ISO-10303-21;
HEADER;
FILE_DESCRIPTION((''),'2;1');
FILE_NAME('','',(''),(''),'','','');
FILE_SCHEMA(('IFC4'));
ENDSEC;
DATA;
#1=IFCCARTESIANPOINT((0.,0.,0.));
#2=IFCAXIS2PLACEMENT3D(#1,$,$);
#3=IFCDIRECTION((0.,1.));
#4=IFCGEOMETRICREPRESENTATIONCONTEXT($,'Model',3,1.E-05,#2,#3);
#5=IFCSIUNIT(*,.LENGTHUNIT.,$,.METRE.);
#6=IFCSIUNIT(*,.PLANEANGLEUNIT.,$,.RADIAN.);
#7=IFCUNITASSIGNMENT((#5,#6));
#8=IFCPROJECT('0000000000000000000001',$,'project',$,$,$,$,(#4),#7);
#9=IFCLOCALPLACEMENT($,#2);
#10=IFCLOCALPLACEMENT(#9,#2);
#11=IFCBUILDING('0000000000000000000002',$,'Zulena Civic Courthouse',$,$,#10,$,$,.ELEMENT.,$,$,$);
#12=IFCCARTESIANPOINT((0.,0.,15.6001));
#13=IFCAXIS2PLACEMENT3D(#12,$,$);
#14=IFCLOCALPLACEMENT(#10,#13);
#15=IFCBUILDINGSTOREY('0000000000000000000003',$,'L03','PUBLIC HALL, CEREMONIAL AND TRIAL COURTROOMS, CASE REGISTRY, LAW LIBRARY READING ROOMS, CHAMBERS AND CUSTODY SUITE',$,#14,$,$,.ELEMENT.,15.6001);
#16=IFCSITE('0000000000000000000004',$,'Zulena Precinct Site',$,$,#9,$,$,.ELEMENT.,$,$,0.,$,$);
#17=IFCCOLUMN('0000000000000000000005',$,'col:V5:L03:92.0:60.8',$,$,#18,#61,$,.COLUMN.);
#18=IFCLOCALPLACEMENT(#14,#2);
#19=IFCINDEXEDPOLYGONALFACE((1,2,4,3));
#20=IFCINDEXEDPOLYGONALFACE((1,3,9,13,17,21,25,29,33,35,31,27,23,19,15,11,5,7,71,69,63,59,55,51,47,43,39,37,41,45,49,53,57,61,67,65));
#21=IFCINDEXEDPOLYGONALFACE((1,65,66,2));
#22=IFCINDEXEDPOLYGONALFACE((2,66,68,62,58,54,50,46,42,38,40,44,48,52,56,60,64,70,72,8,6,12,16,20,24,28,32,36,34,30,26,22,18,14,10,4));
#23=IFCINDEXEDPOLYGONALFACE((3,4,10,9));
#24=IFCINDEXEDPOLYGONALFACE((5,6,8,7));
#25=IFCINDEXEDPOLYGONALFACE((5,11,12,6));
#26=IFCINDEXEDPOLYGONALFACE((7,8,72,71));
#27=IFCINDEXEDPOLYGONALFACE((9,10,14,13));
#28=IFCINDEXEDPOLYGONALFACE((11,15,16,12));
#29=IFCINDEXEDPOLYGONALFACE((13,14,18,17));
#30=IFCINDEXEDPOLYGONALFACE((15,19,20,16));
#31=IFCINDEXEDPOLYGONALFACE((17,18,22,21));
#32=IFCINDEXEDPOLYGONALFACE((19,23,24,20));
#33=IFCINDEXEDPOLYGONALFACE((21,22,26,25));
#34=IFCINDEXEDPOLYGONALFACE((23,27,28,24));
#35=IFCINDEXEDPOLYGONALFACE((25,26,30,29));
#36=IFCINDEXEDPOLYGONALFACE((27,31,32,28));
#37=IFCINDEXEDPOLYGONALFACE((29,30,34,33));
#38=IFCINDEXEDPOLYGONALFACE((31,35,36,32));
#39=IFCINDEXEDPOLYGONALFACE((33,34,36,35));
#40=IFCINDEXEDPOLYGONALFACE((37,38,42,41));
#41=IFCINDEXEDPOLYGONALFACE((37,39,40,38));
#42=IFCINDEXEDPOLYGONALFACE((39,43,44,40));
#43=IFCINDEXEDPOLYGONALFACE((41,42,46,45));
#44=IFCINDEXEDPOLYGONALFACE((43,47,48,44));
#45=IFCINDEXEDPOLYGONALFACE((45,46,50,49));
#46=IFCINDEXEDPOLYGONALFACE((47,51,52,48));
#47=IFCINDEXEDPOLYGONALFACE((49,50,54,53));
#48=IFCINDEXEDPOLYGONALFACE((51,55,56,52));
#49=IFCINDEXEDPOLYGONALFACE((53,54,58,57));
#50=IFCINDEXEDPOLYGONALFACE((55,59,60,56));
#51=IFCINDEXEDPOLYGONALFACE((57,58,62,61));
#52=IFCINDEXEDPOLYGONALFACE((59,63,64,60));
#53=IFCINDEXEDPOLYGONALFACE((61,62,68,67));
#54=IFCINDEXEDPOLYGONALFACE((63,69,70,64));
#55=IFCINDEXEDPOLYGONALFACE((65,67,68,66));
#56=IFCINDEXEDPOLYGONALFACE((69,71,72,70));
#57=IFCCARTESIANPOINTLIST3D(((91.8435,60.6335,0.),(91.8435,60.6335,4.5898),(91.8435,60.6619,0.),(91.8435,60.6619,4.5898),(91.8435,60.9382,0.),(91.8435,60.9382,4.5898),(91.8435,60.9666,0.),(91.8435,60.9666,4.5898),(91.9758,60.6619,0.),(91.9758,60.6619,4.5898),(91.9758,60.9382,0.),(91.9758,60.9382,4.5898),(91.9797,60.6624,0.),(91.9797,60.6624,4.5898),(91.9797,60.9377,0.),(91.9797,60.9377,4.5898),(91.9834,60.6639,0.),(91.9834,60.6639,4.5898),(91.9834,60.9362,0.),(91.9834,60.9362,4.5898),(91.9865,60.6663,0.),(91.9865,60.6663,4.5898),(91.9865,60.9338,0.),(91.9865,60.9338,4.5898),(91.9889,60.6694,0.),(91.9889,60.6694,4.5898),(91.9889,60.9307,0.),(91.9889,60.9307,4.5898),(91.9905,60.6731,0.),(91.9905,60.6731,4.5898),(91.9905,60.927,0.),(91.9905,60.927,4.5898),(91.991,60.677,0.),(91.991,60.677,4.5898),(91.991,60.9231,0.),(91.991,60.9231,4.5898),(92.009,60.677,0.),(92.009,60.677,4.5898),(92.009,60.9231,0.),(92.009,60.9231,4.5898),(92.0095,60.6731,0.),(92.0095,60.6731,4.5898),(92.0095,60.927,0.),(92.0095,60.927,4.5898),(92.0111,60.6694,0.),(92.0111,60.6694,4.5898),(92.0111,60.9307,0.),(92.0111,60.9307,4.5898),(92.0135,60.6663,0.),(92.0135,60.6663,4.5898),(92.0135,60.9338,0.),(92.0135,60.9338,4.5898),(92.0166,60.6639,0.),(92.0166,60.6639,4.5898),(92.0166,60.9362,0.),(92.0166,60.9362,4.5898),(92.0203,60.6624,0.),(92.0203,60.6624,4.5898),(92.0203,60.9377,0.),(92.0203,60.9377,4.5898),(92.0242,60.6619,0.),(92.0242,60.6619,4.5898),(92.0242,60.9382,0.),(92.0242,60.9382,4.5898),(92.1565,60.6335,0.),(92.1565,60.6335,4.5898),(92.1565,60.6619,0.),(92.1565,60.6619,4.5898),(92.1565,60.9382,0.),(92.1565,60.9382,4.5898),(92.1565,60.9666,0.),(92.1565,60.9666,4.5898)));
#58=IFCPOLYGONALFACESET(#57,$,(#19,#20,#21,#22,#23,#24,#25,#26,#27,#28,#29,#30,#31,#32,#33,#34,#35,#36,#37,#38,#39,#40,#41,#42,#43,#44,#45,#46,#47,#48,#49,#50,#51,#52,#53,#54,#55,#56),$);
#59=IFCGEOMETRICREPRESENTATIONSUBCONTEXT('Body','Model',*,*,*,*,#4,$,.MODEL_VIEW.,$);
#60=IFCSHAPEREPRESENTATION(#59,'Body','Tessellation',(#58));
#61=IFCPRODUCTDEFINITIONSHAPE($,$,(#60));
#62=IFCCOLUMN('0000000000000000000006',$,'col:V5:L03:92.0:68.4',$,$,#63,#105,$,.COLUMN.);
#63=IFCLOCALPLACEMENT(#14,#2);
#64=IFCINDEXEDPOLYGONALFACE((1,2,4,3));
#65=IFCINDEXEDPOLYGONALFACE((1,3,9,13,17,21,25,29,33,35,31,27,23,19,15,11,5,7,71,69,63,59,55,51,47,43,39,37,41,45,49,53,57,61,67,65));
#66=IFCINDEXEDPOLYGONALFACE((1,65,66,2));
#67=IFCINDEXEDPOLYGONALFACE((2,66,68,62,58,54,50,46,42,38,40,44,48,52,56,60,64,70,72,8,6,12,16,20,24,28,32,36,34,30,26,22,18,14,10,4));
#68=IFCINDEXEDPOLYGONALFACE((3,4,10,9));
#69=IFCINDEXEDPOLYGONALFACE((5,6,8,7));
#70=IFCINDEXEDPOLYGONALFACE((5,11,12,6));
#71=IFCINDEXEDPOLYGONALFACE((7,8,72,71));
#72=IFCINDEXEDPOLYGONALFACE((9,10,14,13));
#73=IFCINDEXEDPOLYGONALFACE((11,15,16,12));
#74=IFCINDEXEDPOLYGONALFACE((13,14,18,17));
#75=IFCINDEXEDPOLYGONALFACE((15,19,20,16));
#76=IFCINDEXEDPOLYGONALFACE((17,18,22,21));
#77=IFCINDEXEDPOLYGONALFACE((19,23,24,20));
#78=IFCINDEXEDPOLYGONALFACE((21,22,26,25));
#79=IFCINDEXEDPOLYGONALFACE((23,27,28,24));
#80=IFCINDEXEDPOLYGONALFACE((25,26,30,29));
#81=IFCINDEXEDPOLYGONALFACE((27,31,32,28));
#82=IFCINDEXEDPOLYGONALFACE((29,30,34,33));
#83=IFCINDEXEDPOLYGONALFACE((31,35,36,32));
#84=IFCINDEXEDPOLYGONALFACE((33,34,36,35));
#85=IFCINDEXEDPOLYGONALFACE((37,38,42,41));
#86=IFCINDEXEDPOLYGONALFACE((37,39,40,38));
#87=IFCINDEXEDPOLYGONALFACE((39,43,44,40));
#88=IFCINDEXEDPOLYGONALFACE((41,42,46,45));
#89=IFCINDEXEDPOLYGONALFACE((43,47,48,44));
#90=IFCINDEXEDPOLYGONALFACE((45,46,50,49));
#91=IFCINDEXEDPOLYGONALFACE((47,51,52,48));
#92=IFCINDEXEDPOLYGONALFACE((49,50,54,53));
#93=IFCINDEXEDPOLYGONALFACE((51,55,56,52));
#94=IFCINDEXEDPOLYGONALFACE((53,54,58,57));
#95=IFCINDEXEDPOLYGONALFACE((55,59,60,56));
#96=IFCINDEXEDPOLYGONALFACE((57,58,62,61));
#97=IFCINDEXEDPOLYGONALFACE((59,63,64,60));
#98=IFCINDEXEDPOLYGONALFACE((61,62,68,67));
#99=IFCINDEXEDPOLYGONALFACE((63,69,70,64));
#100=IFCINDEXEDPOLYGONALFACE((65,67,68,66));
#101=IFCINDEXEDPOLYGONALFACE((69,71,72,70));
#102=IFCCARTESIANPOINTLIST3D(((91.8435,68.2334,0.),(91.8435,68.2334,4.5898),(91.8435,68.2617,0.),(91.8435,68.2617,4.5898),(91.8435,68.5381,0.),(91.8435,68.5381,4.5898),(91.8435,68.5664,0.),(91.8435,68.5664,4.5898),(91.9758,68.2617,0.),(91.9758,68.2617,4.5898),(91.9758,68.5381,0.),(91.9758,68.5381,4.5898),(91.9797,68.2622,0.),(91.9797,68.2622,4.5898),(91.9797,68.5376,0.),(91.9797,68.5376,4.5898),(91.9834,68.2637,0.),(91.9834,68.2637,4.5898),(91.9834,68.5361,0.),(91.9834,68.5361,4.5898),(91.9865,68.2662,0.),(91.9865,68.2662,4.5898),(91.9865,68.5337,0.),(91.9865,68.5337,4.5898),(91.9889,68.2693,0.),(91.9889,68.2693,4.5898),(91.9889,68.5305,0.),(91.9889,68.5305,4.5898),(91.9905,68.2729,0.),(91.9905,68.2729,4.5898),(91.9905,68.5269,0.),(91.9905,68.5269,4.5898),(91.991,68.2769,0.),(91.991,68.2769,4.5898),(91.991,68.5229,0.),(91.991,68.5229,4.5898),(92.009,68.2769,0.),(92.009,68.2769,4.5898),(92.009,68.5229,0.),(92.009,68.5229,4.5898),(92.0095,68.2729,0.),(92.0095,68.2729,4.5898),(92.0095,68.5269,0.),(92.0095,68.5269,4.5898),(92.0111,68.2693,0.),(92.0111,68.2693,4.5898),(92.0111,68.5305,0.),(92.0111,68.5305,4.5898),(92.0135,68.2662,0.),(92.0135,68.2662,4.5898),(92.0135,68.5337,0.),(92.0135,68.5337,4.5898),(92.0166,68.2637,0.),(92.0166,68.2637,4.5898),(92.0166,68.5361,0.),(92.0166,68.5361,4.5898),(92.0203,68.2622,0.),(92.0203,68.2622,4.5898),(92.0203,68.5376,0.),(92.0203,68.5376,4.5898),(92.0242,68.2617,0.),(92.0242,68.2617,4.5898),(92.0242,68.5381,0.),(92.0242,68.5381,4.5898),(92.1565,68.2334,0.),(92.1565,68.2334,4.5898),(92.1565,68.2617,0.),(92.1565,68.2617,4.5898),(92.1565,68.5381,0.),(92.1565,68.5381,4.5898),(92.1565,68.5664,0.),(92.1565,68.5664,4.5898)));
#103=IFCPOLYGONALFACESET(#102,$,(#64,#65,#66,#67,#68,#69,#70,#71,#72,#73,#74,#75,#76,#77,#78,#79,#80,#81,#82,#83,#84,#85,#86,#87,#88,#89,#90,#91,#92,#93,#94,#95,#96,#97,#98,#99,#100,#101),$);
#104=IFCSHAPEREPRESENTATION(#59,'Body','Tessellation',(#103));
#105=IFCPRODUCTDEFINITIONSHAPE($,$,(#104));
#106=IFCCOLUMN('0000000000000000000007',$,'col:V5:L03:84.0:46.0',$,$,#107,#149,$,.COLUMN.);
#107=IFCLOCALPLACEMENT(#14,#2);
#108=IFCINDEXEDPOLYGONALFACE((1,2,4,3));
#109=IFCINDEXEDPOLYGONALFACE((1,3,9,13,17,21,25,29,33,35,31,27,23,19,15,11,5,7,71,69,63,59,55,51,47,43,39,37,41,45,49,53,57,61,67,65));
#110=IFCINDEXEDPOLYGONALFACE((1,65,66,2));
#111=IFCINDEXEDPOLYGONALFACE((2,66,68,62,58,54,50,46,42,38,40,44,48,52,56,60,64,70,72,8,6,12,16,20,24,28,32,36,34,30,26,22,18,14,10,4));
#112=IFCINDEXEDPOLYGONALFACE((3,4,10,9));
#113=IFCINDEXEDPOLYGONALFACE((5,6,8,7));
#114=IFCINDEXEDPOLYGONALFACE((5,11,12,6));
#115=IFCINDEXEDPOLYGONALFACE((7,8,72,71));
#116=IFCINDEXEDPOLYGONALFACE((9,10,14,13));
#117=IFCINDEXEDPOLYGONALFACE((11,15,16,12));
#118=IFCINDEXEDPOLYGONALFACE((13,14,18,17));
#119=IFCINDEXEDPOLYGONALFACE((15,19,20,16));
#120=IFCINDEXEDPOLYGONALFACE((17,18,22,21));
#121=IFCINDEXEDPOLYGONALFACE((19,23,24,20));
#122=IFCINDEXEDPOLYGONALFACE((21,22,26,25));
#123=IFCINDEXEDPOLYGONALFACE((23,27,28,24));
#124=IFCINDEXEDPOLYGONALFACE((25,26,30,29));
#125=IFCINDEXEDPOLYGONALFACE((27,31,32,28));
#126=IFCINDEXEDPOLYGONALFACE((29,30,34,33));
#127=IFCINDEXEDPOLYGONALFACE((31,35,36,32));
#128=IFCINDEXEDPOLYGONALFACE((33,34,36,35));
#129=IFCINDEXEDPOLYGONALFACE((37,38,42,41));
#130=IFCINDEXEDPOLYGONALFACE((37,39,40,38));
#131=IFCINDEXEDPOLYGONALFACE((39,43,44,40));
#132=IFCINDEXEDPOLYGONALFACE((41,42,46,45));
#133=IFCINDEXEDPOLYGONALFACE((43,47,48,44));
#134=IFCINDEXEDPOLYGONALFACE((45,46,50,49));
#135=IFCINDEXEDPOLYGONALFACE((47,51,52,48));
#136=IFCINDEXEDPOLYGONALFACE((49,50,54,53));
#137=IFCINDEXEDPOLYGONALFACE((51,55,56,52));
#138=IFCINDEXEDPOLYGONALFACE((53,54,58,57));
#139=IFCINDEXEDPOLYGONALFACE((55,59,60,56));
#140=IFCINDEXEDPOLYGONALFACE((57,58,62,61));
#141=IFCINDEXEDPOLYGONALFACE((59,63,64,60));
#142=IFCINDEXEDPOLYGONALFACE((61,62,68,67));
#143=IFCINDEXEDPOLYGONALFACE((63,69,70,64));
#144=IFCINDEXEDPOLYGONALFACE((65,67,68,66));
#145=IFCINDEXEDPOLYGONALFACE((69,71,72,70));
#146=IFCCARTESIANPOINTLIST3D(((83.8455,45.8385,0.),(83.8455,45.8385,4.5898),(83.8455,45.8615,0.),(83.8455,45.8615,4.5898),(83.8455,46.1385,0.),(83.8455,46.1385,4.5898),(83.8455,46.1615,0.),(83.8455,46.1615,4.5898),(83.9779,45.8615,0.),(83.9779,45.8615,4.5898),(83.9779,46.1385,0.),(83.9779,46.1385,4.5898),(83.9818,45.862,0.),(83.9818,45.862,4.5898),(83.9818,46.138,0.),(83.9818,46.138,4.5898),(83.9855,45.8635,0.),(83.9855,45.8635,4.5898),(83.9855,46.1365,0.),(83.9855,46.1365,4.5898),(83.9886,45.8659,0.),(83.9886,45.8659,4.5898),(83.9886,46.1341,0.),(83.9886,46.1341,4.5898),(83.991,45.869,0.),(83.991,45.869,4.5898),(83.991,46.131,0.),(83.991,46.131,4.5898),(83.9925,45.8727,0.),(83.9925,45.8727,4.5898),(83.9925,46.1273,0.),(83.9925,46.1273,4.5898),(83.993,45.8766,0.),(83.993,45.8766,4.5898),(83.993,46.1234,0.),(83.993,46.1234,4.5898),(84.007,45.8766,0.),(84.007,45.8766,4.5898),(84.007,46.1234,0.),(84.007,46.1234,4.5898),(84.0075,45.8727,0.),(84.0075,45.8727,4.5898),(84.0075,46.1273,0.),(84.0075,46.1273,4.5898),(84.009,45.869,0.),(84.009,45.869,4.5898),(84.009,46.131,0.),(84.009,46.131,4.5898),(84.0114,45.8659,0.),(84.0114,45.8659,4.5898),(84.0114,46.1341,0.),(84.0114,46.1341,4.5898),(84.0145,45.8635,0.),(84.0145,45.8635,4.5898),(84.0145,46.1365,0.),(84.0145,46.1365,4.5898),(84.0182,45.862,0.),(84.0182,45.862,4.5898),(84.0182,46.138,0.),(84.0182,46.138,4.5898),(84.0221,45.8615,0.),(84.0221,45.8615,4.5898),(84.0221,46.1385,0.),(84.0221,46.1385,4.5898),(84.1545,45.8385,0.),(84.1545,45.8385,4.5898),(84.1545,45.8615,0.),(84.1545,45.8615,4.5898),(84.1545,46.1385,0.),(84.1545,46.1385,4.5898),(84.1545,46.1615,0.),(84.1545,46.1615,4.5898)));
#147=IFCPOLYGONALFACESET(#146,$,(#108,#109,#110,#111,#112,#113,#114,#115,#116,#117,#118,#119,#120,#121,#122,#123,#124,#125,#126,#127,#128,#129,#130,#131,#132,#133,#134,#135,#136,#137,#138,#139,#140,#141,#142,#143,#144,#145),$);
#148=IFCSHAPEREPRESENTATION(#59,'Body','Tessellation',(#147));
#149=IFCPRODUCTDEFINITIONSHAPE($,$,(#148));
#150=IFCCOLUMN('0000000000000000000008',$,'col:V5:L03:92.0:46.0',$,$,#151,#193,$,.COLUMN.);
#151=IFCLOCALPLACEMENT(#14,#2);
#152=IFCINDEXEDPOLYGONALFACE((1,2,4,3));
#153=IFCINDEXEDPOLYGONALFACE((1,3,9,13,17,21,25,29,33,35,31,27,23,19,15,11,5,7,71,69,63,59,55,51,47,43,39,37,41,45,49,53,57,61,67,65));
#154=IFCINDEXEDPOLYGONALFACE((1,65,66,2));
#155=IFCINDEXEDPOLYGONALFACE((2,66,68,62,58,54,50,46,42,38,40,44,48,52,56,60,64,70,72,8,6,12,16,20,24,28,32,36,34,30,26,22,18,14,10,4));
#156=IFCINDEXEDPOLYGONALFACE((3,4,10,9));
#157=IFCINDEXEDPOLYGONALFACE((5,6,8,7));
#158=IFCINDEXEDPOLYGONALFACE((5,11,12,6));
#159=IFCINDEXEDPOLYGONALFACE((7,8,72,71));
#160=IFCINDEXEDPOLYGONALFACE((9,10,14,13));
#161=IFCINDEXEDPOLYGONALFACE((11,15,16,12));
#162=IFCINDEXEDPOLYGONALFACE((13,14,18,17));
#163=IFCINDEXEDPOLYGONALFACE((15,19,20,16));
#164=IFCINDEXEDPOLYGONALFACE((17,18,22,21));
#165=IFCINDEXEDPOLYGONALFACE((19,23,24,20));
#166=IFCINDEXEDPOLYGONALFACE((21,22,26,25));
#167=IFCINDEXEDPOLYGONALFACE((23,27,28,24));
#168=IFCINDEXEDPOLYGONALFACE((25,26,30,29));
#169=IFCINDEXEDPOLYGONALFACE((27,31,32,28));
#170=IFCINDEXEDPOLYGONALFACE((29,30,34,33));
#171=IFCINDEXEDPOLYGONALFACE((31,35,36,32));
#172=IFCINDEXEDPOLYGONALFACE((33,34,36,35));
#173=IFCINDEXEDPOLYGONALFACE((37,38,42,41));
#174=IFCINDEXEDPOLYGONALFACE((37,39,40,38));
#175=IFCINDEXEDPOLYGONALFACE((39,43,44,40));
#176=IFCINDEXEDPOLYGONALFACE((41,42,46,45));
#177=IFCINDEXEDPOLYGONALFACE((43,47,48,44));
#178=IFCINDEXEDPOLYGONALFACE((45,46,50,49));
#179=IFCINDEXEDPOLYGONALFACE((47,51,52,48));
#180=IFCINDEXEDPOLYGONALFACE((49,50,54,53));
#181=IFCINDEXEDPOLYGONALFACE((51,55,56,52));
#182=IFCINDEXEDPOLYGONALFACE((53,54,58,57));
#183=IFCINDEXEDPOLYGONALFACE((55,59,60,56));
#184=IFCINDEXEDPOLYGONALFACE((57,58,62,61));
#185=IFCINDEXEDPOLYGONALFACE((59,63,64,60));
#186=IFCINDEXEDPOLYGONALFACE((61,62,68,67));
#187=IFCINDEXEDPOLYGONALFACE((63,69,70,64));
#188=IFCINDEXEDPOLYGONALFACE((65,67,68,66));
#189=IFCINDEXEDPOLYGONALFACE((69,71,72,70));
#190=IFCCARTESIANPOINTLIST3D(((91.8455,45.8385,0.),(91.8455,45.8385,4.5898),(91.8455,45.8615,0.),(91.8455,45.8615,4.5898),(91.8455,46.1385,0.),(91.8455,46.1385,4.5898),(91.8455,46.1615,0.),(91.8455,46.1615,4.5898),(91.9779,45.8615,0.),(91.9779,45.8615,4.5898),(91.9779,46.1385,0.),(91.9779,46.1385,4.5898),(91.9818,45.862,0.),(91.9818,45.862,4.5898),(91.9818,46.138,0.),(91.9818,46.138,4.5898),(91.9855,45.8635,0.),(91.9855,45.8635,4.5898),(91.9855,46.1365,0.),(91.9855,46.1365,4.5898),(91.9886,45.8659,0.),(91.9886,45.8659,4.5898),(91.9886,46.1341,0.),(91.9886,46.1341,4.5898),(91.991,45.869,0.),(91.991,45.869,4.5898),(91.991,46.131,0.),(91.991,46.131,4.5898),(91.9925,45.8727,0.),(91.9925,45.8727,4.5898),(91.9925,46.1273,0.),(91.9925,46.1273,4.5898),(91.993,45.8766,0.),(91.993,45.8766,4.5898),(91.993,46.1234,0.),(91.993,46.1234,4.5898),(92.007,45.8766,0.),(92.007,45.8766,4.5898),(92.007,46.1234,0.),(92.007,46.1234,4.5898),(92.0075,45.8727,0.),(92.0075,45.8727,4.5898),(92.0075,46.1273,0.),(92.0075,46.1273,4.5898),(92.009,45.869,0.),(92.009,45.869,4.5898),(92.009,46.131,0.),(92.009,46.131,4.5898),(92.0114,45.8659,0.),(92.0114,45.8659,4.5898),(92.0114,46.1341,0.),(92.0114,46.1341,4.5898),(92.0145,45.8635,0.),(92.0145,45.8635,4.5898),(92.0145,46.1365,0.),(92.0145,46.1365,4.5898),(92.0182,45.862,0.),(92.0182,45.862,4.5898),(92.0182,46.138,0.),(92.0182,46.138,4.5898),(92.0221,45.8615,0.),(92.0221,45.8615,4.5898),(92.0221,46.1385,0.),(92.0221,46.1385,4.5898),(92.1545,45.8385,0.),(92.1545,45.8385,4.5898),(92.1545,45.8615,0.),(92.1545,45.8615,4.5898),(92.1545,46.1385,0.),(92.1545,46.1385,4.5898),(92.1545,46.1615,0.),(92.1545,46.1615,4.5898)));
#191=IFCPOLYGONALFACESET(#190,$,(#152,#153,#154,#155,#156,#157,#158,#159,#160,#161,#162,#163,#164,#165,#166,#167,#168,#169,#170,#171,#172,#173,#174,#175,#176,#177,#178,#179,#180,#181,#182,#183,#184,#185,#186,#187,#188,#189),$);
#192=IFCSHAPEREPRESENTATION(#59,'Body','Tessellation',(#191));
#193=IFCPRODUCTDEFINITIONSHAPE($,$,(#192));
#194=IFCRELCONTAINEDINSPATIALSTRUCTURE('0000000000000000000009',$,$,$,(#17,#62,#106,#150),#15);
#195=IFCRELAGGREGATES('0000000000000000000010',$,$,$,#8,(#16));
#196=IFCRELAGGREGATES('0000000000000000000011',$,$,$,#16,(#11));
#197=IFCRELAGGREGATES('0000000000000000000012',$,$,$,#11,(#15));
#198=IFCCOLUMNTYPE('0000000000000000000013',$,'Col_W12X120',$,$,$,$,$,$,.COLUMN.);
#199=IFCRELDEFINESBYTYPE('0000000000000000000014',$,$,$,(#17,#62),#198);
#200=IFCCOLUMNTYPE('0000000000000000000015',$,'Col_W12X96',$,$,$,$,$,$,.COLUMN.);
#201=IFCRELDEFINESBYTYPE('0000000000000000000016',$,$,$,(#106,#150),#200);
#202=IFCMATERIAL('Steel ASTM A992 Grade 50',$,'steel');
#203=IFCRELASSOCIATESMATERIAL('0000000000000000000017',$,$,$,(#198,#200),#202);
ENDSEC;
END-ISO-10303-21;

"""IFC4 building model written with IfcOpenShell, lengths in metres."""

from ifc_helpers import new_model, si_unit, direction, frame, origin, origin_2d, place, context, subcontext, project, spatial, i_section, extrude, material, material_profile, profile_set, type_object, element, save


model = new_model("IFC4")

# Units and contexts
model_context = context("Model", 3, precision=1e-05, world=origin(), true_north=direction((0.0, 1.0)))
body_context = subcontext(model_context, "Body", "Model", "MODEL_VIEW")
ifc_project = project(units=[si_unit("LENGTHUNIT", "METRE"), si_unit("PLANEANGLEUNIT", "RADIAN")], contexts=[model_context])

# Site, building, storey
site_placement = place(None, origin())
site = spatial("IfcSite", under=ifc_project, at=site_placement, Name="Zulena Precinct Site", CompositionType="ELEMENT", RefElevation=0.0)
building_placement = place(site_placement, origin())
building = spatial("IfcBuilding", under=site, at=building_placement, Name="Zulena Civic Courthouse", CompositionType="ELEMENT")
storey_placement = place(building_placement, frame((0.0, 0.0, 15.6001)))
storey = spatial("IfcBuildingStorey", under=building, at=storey_placement, Name="L03", Description="PUBLIC HALL, CEREMONIAL AND TRIAL COURTROOMS, CASE REGISTRY, LAW LIBRARY READING ROOMS, CHAMBERS AND CUSTODY SUITE", CompositionType="ELEMENT", Elevation=15.6001)

# Columns
ifc_material_1 = material(Name="Steel ASTM A992 Grade 50", Category="steel")
ifc_material_profile_1 = material_profile(ifc_material_1, i_section(OverallWidth=0.313, OverallDepth=0.333, WebThickness=0.0181, FlangeThickness=0.0283, FilletRadius=0.0151, at=origin_2d()), Name="W12X120")
ifc_profile_set_1 = profile_set([ifc_material_profile_1], Name="Steel ASTM A992 Grade 50")
column_type_1 = type_object("IfcColumnType", Name="Col_W12X120", PredefinedType="COLUMN", material=ifc_profile_set_1)
for number, where, z_axis, x_axis, name in (
    (1, (92.0, 60.8, 0.0), (0.0, 0.0, 1.0), (1.0, 0.0, 0.0), "col:V5:L03:92.0:60.8"),
    (2, (92.0, 68.3999, 0.0), (0.0, 0.0, 1.0), (1.0, 0.0, 0.0), "col:V5:L03:92.0:68.4"),
):
    element("IfcColumn", number, at=place(storey_placement, frame(where, z_axis=z_axis, x_axis=x_axis)), inside=storey, type_object=column_type_1, Name=name, PredefinedType="COLUMN", context=body_context, shape_type="SweptSolid", body=[
        extrude(i_section(OverallWidth=0.313, OverallDepth=0.333, WebThickness=0.0181, FlangeThickness=0.0283, FilletRadius=0.0151, at=origin_2d()), origin(), (0.0, 0.0, 1.0), 4.5898),
    ])
ifc_material_profile_2 = material_profile(ifc_material_1, i_section(OverallWidth=0.3091, OverallDepth=0.323, WebThickness=0.0139, FlangeThickness=0.0229, FilletRadius=0.0151, at=origin_2d()), Name="W12X96")
ifc_profile_set_2 = profile_set([ifc_material_profile_2], Name="Steel ASTM A992 Grade 50")
column_type_2 = type_object("IfcColumnType", Name="Col_W12X96", PredefinedType="COLUMN", material=ifc_profile_set_2)
for number, where, z_axis, x_axis, name in (
    (3, (84.0, 46.0, 0.0), (0.0, 0.0, 1.0), (1.0, 0.0, 0.0), "col:V5:L03:84.0:46.0"),
    (4, (92.0, 46.0, 0.0), (0.0, 0.0, 1.0), (1.0, 0.0, 0.0), "col:V5:L03:92.0:46.0"),
):
    element("IfcColumn", number, at=place(storey_placement, frame(where, z_axis=z_axis, x_axis=x_axis)), inside=storey, type_object=column_type_2, Name=name, PredefinedType="COLUMN", context=body_context, shape_type="SweptSolid", body=[
        extrude(i_section(OverallWidth=0.3091, OverallDepth=0.323, WebThickness=0.0139, FlangeThickness=0.0229, FilletRadius=0.0151, at=origin_2d()), origin(), (0.0, 0.0, 1.0), 4.5898),
    ])

save(model, "model.ifc")
